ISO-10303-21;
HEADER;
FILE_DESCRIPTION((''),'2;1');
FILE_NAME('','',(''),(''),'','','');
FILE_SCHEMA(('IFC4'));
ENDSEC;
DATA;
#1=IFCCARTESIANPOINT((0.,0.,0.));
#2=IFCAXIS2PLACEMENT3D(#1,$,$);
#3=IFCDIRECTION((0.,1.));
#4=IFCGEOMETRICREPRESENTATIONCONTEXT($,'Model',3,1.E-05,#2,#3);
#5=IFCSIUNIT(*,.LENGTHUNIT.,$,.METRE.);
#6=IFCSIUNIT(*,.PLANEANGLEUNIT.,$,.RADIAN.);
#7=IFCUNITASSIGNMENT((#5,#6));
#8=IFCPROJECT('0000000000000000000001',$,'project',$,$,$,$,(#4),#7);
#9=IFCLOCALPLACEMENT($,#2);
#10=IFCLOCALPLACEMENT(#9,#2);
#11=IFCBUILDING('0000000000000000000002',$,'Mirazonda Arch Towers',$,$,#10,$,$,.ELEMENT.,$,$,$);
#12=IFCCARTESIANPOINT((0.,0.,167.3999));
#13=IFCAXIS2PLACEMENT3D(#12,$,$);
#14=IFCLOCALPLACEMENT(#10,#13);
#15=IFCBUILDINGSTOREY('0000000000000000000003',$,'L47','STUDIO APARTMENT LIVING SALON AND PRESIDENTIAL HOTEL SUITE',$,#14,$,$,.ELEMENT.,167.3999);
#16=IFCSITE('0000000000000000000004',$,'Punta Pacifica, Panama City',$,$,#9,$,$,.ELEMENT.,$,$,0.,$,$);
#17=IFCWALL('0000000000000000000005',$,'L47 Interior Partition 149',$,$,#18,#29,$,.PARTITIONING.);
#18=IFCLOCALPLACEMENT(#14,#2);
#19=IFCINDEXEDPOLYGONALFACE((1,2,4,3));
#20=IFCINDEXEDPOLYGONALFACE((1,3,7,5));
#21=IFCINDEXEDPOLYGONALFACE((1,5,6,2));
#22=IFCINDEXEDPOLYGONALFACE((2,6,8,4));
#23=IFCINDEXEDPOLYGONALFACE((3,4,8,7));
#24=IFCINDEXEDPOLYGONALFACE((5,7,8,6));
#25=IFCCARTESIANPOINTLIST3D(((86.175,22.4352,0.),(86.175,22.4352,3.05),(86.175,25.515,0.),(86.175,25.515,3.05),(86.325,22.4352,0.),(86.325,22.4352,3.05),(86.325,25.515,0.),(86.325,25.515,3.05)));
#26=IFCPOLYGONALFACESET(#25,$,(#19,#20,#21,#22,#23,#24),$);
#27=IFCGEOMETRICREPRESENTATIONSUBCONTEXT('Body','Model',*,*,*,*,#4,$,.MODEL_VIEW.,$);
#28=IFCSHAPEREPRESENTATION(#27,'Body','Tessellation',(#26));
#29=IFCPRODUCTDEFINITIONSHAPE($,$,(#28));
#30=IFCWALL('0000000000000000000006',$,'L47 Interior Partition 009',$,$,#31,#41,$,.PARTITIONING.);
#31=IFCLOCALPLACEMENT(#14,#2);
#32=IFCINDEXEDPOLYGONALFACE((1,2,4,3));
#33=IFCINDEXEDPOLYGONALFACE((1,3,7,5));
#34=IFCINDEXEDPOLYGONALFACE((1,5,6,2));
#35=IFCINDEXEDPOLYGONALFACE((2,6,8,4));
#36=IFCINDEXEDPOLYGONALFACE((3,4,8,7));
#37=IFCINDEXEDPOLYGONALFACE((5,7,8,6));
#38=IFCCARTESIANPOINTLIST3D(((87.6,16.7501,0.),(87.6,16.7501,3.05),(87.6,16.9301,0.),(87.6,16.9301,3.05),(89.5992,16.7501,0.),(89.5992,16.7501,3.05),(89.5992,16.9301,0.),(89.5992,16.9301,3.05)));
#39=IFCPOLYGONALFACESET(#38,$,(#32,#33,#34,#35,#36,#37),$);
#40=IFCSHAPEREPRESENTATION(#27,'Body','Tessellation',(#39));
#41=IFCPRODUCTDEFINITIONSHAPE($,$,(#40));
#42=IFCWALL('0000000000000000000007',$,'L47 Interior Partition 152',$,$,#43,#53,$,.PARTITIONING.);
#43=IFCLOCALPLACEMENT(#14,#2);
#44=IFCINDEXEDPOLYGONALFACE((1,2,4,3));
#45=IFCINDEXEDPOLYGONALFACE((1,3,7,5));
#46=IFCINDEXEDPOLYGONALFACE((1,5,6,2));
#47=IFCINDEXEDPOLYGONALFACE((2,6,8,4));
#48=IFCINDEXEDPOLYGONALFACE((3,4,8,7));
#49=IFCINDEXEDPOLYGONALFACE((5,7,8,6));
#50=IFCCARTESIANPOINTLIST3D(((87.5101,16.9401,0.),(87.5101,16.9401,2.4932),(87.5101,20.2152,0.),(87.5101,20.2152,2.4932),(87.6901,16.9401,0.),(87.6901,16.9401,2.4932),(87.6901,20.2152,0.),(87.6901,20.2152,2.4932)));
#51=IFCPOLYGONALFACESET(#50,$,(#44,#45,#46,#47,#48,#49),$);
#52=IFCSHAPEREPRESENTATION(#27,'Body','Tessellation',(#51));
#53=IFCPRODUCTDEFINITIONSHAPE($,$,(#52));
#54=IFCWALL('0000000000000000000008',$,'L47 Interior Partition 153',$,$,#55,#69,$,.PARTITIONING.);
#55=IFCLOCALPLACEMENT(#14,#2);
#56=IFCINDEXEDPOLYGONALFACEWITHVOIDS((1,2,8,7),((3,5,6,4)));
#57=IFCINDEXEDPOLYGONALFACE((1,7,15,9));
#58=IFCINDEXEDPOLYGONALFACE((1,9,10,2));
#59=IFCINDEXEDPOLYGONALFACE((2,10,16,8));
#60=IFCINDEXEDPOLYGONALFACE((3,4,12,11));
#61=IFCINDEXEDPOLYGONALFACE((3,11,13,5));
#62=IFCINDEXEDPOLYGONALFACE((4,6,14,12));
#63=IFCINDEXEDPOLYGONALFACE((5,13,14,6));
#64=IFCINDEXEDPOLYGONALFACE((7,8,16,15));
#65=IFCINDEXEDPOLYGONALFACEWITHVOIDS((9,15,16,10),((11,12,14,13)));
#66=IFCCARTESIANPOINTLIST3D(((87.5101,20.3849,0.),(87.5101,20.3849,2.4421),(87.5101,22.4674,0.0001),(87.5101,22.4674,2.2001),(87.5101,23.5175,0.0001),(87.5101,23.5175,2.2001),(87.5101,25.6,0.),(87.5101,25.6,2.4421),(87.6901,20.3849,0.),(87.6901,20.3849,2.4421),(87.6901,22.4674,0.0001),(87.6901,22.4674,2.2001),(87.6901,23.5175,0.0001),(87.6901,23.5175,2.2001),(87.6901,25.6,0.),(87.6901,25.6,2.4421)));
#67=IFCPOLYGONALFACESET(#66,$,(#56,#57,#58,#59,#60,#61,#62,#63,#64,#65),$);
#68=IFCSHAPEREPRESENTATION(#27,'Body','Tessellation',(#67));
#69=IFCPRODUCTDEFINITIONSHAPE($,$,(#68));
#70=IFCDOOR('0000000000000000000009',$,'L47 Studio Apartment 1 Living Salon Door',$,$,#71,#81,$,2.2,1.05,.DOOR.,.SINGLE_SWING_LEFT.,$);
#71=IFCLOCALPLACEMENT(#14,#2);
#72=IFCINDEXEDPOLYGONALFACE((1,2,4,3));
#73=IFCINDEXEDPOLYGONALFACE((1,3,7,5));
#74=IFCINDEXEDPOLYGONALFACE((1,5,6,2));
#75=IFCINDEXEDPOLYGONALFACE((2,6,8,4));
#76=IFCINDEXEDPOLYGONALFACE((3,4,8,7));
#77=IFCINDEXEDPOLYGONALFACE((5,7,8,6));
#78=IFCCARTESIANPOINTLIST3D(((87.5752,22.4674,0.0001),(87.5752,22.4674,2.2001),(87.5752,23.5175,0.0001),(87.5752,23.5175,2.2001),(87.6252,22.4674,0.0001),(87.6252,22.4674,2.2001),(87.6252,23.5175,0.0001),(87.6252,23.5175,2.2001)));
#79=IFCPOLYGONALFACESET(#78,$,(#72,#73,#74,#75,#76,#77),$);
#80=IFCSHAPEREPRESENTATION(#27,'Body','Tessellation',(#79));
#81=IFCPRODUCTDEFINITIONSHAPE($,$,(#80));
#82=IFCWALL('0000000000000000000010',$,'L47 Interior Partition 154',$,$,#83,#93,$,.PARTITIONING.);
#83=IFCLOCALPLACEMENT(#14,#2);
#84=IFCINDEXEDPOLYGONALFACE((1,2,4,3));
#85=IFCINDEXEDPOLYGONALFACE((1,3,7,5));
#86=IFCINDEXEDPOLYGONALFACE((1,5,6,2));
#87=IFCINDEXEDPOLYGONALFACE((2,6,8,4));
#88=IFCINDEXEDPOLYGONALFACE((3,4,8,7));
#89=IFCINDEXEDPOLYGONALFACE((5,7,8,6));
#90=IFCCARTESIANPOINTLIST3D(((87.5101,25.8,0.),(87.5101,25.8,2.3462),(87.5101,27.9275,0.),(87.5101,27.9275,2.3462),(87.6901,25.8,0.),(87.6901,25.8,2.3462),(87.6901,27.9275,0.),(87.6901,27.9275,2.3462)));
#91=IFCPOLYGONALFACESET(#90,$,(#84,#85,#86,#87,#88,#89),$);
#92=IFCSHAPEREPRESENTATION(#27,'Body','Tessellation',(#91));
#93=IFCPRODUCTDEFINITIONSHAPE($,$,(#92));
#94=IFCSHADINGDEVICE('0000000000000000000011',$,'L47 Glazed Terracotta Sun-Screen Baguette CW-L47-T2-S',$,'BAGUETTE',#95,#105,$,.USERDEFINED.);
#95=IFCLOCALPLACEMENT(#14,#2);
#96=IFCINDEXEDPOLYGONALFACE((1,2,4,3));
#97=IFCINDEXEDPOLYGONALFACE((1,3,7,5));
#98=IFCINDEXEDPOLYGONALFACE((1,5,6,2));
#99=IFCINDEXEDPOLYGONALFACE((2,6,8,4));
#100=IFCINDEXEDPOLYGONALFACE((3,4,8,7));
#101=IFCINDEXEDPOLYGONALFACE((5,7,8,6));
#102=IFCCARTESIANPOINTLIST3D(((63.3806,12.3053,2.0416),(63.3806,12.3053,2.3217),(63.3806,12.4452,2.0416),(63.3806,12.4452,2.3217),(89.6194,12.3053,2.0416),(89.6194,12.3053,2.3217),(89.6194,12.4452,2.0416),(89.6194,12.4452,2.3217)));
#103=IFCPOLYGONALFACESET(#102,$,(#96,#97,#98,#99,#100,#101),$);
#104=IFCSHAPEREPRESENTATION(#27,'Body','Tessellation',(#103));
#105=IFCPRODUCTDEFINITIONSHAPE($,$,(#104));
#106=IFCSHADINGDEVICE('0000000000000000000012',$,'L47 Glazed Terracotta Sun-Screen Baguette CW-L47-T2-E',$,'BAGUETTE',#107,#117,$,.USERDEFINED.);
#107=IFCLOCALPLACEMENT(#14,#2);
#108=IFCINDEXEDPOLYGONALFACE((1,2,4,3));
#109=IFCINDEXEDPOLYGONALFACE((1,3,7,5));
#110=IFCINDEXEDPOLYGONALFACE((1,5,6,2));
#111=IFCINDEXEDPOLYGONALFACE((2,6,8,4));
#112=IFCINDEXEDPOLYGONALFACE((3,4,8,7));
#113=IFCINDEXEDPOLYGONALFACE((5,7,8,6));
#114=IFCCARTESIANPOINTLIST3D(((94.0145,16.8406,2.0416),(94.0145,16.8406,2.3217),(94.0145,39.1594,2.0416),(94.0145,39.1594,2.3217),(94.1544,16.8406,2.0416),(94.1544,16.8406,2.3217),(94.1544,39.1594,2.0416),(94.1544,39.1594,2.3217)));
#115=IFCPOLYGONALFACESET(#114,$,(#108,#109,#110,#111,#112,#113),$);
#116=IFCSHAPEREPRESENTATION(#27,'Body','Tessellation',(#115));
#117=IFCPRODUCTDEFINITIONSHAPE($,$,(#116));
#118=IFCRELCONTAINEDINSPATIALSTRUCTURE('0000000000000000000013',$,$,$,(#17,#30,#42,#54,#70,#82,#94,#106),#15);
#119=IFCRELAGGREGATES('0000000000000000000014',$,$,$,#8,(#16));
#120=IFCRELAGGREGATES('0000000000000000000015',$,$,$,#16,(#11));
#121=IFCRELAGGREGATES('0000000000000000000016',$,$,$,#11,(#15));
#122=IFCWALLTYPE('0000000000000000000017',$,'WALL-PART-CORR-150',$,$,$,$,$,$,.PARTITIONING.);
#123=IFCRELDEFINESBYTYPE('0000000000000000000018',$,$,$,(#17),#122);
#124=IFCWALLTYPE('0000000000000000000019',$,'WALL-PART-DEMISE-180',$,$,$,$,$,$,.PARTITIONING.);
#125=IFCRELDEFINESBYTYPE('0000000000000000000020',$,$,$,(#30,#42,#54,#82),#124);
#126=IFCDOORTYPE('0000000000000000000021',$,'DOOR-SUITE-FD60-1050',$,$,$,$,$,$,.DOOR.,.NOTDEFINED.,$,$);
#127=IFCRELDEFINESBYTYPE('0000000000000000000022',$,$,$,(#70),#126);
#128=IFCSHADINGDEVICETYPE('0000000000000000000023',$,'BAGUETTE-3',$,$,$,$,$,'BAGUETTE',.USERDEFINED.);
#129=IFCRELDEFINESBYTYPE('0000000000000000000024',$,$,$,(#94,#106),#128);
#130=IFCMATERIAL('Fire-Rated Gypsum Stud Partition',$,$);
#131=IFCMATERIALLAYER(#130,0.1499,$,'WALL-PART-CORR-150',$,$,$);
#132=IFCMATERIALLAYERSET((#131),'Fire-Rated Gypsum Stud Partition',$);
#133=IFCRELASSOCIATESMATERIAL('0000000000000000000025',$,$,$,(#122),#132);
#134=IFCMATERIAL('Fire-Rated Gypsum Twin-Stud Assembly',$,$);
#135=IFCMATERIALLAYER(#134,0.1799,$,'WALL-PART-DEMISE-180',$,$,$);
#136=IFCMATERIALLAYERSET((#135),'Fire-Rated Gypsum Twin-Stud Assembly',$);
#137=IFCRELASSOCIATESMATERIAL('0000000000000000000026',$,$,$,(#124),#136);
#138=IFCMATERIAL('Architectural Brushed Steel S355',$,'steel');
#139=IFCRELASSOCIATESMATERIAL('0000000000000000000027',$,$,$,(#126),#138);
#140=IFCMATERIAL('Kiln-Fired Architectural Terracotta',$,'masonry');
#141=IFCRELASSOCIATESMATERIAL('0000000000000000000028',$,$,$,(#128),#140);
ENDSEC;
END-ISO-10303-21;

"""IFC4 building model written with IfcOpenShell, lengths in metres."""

from ifc_helpers import new_model, si_unit, direction, frame, frame_2d, origin, origin_2d, place, context, subcontext, project, spatial, rectangle, extrude, material, layer, layer_set, material_profile, profile_set, type_object, element, fill, save


model = new_model("IFC4")

# Units and contexts
model_context = context("Model", 3, precision=1e-05, world=origin(), true_north=direction((0.0, 1.0)))
body_context = subcontext(model_context, "Body", "Model", "MODEL_VIEW")
ifc_project = project(units=[si_unit("LENGTHUNIT", "METRE"), si_unit("PLANEANGLEUNIT", "RADIAN")], contexts=[model_context])

# Site, building, storey
site_placement = place(None, origin())
site = spatial("IfcSite", under=ifc_project, at=site_placement, Name="Punta Pacifica, Panama City", CompositionType="ELEMENT", RefElevation=0.0)
building_placement = place(site_placement, origin())
building = spatial("IfcBuilding", under=site, at=building_placement, Name="Mirazonda Arch Towers", CompositionType="ELEMENT")
storey_placement = place(building_placement, frame((0.0, 0.0, 167.3999)))
storey = spatial("IfcBuildingStorey", under=building, at=storey_placement, Name="L47", Description="STUDIO APARTMENT LIVING SALON AND PRESIDENTIAL HOTEL SUITE", CompositionType="ELEMENT", Elevation=167.3999)

# Walls
ifc_material_1 = material(Name="Fire-Rated Gypsum Stud Partition")
ifc_layer_1 = layer(ifc_material_1, 0.1499, Name="WALL-PART-CORR-150")
ifc_layer_set_1 = layer_set([ifc_layer_1], Name="Fire-Rated Gypsum Stud Partition")
wall_type_1 = type_object("IfcWallType", Name="WALL-PART-CORR-150", PredefinedType="PARTITIONING", material=ifc_layer_set_1)
wall_1_placement = place(storey_placement, frame((86.25, 22.4351, 0.0), z_axis=(0.0, 0.0, 1.0), x_axis=(0.0, 1.0, 0.0)))
element("IfcWall", 1, at=wall_1_placement, inside=storey, type_object=wall_type_1, Name="L47 Interior Partition 149", PredefinedType="PARTITIONING", context=body_context, shape_type="SweptSolid", body=[
    extrude(rectangle(XDim=3.0798, YDim=0.1499, at=frame_2d((1.54, 0.0))), origin(), (0.0, 0.0, 1.0), 3.05),
])
ifc_material_2 = material(Name="Fire-Rated Gypsum Twin-Stud Assembly")
ifc_layer_2 = layer(ifc_material_2, 0.1799, Name="WALL-PART-DEMISE-180")
ifc_layer_set_2 = layer_set([ifc_layer_2], Name="Fire-Rated Gypsum Twin-Stud Assembly")
wall_type_2 = type_object("IfcWallType", Name="WALL-PART-DEMISE-180", PredefinedType="PARTITIONING", material=ifc_layer_set_2)
wall_2_placement = place(storey_placement, frame((87.6001, 16.8401, 0.0), z_axis=(0.0, 0.0, 1.0), x_axis=(1.0, 0.0, 0.0)))
element("IfcWall", 2, at=wall_2_placement, inside=storey, type_object=wall_type_2, Name="L47 Interior Partition 009", PredefinedType="PARTITIONING", context=body_context, shape_type="SweptSolid", body=[
    extrude(rectangle(XDim=1.9993, YDim=0.1799, at=frame_2d((0.9995, 0.0))), origin(), (0.0, 0.0, 1.0), 3.05),
])

# Shared definitions
ifc_material_3 = material(Name="Architectural Brushed Steel S355", Category="steel")

# Wall
wall_3_placement = place(storey_placement, frame((87.6001, 16.9399, 0.0), z_axis=(0.0, 0.0, 1.0), x_axis=(0.0, 1.0, 0.0)))
element("IfcWall", 3, at=wall_3_placement, inside=storey, type_object=wall_type_2, Name="L47 Interior Partition 152", PredefinedType="PARTITIONING", context=body_context, shape_type="SweptSolid", body=[
    extrude(rectangle(XDim=3.2751, YDim=0.1799, at=frame_2d((1.6377, 0.0))), origin(), (0.0, 0.0, 1.0), 2.4932),
])

# Wall, opening, door
wall_4_placement = place(storey_placement, frame((87.6001, 20.385, 0.0), z_axis=(0.0, 0.0, 1.0), x_axis=(0.0, 1.0, 0.0)))
wall_4 = element("IfcWall", 4, at=wall_4_placement, inside=storey, type_object=wall_type_2, Name="L47 Interior Partition 153", PredefinedType="PARTITIONING", context=body_context, shape_type="SweptSolid", body=[
    extrude(rectangle(XDim=5.2151, YDim=0.1799, at=frame_2d((2.6074, 0.0))), origin(), (0.0, 0.0, 1.0), 2.4421),
])
opening_1_placement = place(wall_4_placement, frame((2.0825, 0.0, 0.0)))
opening_1 = element("IfcOpeningElement", 5, at=opening_1_placement, cuts=wall_4, PredefinedType="OPENING", context=body_context, shape_type="SweptSolid", body=[
    extrude(rectangle(XDim=1.05, YDim=2.2, at=frame_2d((0.5249, 1.1001))), frame((0.0, 0.0999, 0.0), z_axis=(0.0, -1.0, 0.0), x_axis=(1.0, 0.0, 0.0)), (0.0, 0.0, 1.0), 0.2),
])
door_type_1 = type_object("IfcDoorType", Name="DOOR-SUITE-FD60-1050", OperationType="NOTDEFINED", PredefinedType="DOOR", material=ifc_material_3)
door_1_placement = place(opening_1_placement, origin())
door_1 = element("IfcDoor", 6, at=door_1_placement, inside=storey, type_object=door_type_1, Name="L47 Studio Apartment 1 Living Salon Door", OperationType="SINGLE_SWING_LEFT", OverallHeight=2.2, OverallWidth=1.05, PredefinedType="DOOR", context=body_context, shape_type="SweptSolid", body=[
    extrude(rectangle(XDim=1.05, YDim=2.2, at=frame_2d((0.5249, 1.1001))), frame((0.0, 0.0249, 0.0), z_axis=(0.0, -1.0, 0.0), x_axis=(1.0, 0.0, 0.0)), (0.0, 0.0, 1.0), 0.05),
])
fill(opening_1, door_1)

# Wall
wall_5_placement = place(storey_placement, frame((87.6001, 25.8, 0.0), z_axis=(0.0, 0.0, 1.0), x_axis=(0.0, 1.0, 0.0)))
element("IfcWall", 7, at=wall_5_placement, inside=storey, type_object=wall_type_2, Name="L47 Interior Partition 154", PredefinedType="PARTITIONING", context=body_context, shape_type="SweptSolid", body=[
    extrude(rectangle(XDim=2.1274, YDim=0.1799, at=frame_2d((1.0637, 0.0))), origin(), (0.0, 0.0, 1.0), 2.3462),
])

# Shading devices
ifc_material_4 = material(Name="Kiln-Fired Architectural Terracotta", Category="masonry")
ifc_material_profile_1 = material_profile(ifc_material_4, rectangle(XDim=0.1399, YDim=0.28, at=origin_2d()), Name="TERRA-BAG-140x280")
ifc_profile_set_1 = profile_set([ifc_material_profile_1], Name="Kiln-Fired Architectural Terracotta")
shading_device_type = type_object("IfcShadingDeviceType", Name="BAGUETTE-3", ElementType="BAGUETTE", PredefinedType="USERDEFINED", material=ifc_profile_set_1)
shading_device_1_placement = place(storey_placement, frame((89.6194, 12.3752, 2.1816), z_axis=(-1.0, 0.0, 0.0), x_axis=(0.0, -1.0, 0.0)))
element("IfcShadingDevice", 8, at=shading_device_1_placement, inside=storey, type_object=shading_device_type, Name="L47 Glazed Terracotta Sun-Screen Baguette CW-L47-T2-S", ObjectType="BAGUETTE", PredefinedType="USERDEFINED", context=body_context, shape_type="SweptSolid", body=[
    extrude(rectangle(XDim=0.1399, YDim=0.28, at=origin_2d()), origin(), (0.0, 0.0, 1.0), 26.2388),
])
shading_device_2_placement = place(storey_placement, frame((94.0845, 16.8406, 2.1816), z_axis=(0.0, 1.0, 0.0), x_axis=(-1.0, 0.0, 0.0)))
element("IfcShadingDevice", 9, at=shading_device_2_placement, inside=storey, type_object=shading_device_type, Name="L47 Glazed Terracotta Sun-Screen Baguette CW-L47-T2-E", ObjectType="BAGUETTE", PredefinedType="USERDEFINED", context=body_context, shape_type="SweptSolid", body=[
    extrude(rectangle(XDim=0.1399, YDim=0.28, at=origin_2d()), origin(), (0.0, 0.0, 1.0), 22.3188),
])

save(model, "model.ifc")
